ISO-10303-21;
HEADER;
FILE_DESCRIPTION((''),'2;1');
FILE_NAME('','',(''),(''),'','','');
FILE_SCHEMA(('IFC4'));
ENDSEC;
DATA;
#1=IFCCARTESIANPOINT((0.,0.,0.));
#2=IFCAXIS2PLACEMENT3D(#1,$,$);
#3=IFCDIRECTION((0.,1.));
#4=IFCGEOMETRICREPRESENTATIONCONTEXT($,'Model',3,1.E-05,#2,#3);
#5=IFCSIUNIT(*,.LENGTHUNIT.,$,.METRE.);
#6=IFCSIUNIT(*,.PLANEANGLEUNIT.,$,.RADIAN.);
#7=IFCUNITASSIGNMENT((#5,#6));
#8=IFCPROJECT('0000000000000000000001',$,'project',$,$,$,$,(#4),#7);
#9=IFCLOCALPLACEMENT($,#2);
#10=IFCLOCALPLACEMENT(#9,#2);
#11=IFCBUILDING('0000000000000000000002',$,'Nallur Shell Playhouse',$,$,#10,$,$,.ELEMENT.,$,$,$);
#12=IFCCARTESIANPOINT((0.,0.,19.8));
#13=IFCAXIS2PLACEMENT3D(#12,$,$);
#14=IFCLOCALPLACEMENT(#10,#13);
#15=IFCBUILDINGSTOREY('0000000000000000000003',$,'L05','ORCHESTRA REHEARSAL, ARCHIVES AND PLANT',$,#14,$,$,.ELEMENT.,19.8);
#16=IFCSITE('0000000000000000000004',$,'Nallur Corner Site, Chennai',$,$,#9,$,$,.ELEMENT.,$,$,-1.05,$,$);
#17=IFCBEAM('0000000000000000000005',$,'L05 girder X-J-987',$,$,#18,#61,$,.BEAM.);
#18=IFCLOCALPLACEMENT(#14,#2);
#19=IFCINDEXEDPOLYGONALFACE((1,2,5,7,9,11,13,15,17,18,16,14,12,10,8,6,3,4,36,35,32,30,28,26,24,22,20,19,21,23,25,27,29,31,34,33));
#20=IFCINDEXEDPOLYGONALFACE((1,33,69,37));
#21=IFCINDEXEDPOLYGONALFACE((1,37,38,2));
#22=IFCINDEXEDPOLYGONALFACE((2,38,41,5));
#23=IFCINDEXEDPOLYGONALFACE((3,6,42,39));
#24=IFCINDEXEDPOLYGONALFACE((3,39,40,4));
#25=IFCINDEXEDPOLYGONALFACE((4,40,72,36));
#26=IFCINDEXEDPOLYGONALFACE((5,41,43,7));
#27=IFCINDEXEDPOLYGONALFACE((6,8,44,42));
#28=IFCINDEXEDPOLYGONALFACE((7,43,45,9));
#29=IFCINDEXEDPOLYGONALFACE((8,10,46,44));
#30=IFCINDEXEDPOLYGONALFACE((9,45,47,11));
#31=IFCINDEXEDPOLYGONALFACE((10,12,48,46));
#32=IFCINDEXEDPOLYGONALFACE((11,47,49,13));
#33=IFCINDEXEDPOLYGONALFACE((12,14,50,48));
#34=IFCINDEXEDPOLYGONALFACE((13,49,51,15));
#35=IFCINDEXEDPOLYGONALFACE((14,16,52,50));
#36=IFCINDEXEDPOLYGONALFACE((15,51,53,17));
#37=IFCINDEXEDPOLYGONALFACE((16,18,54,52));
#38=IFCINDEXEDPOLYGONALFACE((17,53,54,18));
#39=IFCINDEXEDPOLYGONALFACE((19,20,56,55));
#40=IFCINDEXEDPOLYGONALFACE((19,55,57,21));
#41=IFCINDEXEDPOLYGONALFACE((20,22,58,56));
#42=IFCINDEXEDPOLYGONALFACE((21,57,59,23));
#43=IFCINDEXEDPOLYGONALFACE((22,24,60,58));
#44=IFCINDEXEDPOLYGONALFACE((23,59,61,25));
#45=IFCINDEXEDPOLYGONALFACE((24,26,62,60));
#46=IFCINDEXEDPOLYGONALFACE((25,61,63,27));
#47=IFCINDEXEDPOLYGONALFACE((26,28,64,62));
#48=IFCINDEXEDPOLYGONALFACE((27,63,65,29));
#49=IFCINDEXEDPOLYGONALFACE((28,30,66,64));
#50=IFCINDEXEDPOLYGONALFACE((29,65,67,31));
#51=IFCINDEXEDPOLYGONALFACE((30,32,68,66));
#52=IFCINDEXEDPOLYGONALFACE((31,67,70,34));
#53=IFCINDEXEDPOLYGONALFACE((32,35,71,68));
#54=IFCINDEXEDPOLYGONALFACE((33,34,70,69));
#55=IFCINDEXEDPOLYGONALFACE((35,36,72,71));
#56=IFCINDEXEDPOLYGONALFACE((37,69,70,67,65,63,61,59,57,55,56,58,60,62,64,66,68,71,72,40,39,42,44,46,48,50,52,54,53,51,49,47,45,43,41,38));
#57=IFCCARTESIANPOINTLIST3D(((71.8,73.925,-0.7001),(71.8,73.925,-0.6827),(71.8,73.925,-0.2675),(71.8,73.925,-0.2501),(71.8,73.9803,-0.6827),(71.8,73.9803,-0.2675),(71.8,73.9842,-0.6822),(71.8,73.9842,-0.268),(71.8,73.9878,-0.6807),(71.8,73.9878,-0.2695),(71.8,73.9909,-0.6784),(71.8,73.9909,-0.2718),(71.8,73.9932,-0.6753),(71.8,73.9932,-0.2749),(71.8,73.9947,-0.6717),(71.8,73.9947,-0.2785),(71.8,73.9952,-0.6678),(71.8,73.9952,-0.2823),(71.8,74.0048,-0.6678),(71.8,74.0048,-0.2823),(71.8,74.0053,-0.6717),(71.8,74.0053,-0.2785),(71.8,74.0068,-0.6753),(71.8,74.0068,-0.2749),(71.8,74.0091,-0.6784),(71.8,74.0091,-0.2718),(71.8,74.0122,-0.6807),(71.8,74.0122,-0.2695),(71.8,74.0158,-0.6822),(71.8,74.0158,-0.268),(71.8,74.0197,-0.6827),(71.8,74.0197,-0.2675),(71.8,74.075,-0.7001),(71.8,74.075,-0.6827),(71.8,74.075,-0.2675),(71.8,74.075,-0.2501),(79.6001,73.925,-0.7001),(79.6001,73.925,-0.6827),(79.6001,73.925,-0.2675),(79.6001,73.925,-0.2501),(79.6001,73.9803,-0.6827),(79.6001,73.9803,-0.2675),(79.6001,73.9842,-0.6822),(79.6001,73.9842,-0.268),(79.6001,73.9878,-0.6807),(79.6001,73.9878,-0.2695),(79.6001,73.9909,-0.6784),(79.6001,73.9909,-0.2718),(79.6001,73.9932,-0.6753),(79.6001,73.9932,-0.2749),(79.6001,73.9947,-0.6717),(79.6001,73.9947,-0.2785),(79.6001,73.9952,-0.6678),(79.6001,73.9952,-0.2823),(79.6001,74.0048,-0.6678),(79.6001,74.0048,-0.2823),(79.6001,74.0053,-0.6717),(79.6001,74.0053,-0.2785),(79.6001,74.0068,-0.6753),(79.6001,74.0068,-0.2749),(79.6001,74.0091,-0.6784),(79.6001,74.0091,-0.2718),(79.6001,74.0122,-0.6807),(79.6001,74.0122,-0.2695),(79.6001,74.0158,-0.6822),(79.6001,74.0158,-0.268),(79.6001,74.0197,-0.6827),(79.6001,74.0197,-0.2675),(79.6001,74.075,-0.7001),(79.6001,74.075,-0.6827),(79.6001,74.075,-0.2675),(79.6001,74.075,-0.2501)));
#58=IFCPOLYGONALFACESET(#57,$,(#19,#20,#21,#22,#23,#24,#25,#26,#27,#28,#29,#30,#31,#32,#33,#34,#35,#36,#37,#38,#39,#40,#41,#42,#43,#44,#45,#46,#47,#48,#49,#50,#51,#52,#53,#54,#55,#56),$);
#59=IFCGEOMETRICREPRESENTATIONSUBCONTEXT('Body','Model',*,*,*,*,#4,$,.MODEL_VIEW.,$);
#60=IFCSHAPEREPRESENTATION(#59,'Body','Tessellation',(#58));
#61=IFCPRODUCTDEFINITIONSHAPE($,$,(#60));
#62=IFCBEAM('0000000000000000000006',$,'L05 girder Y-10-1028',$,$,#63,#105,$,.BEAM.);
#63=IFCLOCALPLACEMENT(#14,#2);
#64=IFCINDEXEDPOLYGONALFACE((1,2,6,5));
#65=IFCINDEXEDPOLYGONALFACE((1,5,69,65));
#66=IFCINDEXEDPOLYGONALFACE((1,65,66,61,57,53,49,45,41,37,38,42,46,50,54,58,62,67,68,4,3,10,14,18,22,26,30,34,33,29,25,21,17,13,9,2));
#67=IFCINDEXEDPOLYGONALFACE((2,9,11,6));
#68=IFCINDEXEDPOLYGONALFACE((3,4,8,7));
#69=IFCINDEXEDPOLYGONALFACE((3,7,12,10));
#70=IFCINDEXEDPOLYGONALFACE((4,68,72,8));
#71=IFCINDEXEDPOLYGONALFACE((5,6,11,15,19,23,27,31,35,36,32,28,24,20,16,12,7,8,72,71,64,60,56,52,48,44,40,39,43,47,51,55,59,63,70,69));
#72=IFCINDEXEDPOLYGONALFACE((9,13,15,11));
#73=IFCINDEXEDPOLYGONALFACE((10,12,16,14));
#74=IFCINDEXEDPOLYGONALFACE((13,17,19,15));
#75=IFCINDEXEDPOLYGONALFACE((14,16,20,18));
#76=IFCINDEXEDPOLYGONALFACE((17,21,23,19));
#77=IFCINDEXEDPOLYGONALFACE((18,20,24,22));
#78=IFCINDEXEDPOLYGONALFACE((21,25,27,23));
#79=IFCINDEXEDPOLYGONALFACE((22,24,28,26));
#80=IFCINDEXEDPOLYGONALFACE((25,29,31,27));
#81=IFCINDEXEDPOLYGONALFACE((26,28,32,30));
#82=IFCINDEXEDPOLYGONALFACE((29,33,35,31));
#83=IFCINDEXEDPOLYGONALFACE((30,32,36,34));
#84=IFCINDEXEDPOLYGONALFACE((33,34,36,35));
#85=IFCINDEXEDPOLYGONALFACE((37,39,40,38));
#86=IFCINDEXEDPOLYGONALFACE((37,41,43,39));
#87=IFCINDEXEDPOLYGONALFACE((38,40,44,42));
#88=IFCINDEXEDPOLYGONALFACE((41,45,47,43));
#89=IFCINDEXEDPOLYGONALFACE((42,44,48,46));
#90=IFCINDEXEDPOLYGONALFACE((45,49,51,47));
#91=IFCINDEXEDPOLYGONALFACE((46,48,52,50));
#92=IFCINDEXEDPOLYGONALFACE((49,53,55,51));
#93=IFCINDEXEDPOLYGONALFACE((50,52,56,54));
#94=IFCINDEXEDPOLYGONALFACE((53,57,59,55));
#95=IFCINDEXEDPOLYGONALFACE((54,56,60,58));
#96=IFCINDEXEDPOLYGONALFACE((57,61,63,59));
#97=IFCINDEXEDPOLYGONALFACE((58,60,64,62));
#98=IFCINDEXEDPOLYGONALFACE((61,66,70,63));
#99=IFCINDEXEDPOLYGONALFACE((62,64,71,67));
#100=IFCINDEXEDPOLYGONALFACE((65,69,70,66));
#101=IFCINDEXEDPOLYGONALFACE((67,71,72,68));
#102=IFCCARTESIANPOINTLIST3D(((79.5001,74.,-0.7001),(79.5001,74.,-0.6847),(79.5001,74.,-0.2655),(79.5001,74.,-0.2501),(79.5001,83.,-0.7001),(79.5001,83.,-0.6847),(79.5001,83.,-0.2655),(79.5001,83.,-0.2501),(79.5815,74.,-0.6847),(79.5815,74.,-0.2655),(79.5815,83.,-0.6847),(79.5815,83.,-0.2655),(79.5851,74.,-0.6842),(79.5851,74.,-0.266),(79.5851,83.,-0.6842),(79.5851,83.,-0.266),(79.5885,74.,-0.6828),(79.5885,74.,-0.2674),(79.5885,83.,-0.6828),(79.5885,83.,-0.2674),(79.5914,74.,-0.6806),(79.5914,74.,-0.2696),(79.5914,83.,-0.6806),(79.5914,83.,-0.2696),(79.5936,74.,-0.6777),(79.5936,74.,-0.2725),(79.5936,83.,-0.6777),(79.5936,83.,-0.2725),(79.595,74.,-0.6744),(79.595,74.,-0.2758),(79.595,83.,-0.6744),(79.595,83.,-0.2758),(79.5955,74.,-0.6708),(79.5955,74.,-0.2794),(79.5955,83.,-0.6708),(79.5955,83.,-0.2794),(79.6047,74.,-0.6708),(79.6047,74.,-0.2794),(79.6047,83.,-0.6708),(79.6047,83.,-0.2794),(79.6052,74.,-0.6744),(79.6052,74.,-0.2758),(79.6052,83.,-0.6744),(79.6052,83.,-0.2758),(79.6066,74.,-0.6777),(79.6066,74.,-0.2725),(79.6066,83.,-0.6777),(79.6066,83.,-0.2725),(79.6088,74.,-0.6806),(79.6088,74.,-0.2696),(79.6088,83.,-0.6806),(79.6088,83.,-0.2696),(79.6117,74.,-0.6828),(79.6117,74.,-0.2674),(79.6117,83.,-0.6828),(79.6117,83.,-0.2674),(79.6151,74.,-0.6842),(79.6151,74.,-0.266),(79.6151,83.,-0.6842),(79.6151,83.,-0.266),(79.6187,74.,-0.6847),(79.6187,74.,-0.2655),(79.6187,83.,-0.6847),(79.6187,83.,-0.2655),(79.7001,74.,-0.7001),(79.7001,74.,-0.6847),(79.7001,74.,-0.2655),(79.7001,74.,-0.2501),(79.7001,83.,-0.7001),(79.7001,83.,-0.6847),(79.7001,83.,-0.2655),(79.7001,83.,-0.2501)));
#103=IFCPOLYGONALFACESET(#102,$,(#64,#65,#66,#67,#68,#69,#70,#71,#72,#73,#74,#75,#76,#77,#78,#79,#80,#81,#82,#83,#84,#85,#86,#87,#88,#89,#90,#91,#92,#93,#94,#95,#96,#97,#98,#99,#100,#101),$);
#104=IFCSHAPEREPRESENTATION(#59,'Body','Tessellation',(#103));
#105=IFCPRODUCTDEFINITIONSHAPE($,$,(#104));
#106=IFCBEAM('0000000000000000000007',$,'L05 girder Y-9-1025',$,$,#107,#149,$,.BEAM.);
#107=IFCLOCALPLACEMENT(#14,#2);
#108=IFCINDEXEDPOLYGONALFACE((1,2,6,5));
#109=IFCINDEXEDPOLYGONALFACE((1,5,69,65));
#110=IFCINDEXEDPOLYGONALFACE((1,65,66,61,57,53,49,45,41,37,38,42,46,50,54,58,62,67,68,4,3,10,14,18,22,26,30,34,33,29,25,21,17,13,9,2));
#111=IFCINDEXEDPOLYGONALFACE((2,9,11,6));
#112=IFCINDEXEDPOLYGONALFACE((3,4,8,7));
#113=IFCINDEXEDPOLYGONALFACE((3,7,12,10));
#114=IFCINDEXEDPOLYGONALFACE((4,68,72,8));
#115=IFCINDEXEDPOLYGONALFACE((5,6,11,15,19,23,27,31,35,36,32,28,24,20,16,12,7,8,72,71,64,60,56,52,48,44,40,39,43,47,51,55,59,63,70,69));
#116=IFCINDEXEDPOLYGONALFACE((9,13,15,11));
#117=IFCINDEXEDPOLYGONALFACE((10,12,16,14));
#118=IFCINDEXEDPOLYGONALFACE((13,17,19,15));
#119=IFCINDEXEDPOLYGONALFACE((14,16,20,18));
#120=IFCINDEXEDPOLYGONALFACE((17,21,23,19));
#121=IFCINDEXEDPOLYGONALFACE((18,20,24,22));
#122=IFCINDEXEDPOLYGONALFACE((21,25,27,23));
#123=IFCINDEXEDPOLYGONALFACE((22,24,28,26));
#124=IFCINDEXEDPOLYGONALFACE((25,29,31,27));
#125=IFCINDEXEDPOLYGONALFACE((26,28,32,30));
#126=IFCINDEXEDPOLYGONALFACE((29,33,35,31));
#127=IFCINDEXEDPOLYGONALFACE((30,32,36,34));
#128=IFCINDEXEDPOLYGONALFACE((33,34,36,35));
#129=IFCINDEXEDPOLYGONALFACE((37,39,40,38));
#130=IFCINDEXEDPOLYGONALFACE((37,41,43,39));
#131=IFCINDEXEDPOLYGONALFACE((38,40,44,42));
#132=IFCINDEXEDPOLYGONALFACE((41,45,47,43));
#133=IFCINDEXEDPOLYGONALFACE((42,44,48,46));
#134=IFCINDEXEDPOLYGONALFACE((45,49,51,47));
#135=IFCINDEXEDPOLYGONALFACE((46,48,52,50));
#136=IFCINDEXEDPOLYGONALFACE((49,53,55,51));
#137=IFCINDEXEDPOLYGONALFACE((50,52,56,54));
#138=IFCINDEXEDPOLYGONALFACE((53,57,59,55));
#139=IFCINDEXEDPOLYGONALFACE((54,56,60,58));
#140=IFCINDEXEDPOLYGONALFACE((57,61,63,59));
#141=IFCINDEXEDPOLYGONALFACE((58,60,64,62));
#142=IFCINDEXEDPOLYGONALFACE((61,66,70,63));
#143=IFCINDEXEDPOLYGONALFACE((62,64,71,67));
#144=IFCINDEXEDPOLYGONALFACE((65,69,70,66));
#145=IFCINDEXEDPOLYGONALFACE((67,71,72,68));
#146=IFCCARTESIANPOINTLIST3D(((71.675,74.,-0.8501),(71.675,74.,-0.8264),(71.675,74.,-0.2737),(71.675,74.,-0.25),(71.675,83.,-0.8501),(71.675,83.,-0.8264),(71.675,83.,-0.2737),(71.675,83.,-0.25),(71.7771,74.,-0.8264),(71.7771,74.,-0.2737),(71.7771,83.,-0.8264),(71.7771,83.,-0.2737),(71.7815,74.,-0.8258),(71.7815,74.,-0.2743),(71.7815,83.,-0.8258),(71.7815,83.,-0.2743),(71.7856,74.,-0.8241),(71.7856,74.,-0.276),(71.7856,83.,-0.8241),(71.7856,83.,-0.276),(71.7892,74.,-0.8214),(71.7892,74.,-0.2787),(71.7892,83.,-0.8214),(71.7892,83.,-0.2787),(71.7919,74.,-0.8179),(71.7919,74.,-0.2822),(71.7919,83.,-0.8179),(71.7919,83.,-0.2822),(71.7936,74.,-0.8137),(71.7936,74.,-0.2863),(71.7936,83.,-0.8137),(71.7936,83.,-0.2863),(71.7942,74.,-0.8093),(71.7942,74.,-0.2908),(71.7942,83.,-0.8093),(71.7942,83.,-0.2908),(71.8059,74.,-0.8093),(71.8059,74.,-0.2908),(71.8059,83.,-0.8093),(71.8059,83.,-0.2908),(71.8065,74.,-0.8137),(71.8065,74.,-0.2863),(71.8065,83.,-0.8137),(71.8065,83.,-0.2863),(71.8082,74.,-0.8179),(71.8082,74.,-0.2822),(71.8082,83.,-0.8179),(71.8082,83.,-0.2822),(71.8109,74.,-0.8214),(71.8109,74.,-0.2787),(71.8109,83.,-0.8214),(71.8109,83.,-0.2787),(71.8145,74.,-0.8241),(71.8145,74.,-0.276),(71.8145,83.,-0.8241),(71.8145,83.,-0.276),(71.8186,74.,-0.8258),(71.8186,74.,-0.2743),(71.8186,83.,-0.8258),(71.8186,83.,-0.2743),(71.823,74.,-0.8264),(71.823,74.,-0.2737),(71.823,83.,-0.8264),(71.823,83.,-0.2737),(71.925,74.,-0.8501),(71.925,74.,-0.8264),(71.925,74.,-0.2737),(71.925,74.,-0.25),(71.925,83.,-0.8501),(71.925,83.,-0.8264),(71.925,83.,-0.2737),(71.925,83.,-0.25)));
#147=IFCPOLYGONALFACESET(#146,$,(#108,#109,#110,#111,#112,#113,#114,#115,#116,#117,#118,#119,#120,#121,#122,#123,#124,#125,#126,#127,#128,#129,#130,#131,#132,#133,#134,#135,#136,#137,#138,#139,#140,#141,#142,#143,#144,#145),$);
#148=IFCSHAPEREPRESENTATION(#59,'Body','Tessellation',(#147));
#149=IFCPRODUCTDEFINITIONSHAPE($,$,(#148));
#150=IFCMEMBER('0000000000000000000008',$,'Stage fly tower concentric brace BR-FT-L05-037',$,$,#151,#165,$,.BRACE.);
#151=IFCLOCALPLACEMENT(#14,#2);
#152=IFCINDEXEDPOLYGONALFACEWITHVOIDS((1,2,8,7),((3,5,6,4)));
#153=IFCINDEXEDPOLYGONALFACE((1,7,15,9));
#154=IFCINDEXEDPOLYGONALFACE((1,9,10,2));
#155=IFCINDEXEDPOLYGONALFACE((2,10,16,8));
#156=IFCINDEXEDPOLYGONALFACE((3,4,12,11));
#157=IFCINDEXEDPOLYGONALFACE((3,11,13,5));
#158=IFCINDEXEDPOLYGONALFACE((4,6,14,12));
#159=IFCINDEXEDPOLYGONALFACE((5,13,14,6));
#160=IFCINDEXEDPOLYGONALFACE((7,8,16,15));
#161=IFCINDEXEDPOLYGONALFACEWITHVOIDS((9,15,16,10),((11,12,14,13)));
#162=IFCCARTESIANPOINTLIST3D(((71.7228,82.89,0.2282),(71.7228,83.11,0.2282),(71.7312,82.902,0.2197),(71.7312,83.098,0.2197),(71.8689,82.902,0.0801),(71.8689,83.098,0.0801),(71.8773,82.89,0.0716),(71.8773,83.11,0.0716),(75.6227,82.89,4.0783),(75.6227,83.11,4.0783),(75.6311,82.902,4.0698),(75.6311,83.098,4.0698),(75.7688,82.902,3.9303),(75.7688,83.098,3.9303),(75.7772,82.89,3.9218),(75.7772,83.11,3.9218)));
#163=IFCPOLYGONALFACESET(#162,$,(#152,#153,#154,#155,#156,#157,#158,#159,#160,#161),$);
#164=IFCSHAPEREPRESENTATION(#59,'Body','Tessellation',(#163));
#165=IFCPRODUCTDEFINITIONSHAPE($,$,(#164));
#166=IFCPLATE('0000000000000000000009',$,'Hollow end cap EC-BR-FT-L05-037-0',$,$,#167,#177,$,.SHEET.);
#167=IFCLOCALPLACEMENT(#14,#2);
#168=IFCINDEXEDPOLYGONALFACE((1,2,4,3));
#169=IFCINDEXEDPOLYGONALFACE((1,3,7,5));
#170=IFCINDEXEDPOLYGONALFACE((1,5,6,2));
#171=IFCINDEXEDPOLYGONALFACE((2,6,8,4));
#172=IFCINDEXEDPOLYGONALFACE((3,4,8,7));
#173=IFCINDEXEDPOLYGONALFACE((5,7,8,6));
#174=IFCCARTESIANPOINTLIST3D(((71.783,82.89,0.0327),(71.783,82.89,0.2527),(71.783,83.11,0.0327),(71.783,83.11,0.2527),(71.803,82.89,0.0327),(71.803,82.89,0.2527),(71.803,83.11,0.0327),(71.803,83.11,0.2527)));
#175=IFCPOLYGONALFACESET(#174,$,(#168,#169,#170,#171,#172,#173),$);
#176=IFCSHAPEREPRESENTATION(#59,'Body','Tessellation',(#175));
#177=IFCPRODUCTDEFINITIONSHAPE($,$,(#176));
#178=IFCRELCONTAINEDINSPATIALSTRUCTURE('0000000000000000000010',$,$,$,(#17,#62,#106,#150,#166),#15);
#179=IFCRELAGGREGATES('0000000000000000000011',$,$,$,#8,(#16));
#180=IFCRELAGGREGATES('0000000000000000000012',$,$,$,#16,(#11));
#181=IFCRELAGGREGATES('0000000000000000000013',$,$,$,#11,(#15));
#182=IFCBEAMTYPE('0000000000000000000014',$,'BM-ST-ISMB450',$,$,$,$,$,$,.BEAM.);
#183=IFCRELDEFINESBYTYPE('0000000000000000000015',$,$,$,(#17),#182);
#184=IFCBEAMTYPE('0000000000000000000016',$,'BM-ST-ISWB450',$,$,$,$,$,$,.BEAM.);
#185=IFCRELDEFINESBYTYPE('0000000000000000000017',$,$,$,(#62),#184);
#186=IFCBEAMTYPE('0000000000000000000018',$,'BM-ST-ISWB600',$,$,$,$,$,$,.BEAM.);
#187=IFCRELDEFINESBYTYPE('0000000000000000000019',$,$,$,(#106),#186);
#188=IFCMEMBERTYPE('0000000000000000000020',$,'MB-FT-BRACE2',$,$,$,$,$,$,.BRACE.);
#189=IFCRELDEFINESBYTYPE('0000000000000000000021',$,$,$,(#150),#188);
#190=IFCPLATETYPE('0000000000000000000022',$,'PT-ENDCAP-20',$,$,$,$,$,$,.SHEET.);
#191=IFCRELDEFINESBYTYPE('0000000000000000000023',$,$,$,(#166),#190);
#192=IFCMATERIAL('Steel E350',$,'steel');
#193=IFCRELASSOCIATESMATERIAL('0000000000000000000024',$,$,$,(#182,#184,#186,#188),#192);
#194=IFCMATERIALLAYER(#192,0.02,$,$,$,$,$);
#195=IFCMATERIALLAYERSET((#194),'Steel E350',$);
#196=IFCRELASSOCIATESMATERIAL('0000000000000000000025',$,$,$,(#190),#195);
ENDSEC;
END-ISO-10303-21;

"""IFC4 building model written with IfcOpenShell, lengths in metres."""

from ifc_helpers import new_model, si_unit, direction, frame, origin, origin_2d, place, context, subcontext, project, spatial, rectangle, hollow_rectangle, i_section, extrude, material, layer, layer_set, material_profile, profile_set, type_object, element, save


model = new_model("IFC4")

# Units and contexts
model_context = context("Model", 3, precision=1e-05, world=origin(), true_north=direction((0.0, 1.0)))
body_context = subcontext(model_context, "Body", "Model", "MODEL_VIEW")
ifc_project = project(units=[si_unit("LENGTHUNIT", "METRE"), si_unit("PLANEANGLEUNIT", "RADIAN")], contexts=[model_context])

# Site, building, storey
site_placement = place(None, origin())
site = spatial("IfcSite", under=ifc_project, at=site_placement, Name="Nallur Corner Site, Chennai", CompositionType="ELEMENT", RefElevation=-1.05)
building_placement = place(site_placement, origin())
building = spatial("IfcBuilding", under=site, at=building_placement, Name="Nallur Shell Playhouse", CompositionType="ELEMENT")
storey_placement = place(building_placement, frame((0.0, 0.0, 19.8)))
storey = spatial("IfcBuildingStorey", under=building, at=storey_placement, Name="L05", Description="ORCHESTRA REHEARSAL, ARCHIVES AND PLANT", CompositionType="ELEMENT", Elevation=19.8)

# Shared definitions
ifc_material_1 = material(Name="Steel E350", Category="steel")

# Beams
ifc_material_profile_1 = material_profile(ifc_material_1, i_section(OverallWidth=0.1499, OverallDepth=0.45, WebThickness=0.0095, FlangeThickness=0.0173, FilletRadius=0.0149, at=origin_2d()), Name="ISMB 450")
ifc_profile_set_1 = profile_set([ifc_material_profile_1], Name="Steel E350")
beam_type_1 = type_object("IfcBeamType", Name="BM-ST-ISMB450", PredefinedType="BEAM", material=ifc_profile_set_1)
beam_1_placement = place(storey_placement, frame((71.8, 74.0, -0.4751), z_axis=(1.0, 0.0, 0.0), x_axis=(0.0, 1.0, 0.0)))
element("IfcBeam", 1, at=beam_1_placement, inside=storey, type_object=beam_type_1, Name="L05 girder X-J-987", PredefinedType="BEAM", context=body_context, shape_type="SweptSolid", body=[
    extrude(i_section(OverallWidth=0.1499, OverallDepth=0.45, WebThickness=0.0095, FlangeThickness=0.0173, FilletRadius=0.0149, at=origin_2d()), origin(), (0.0, 0.0, 1.0), 7.8),
])
ifc_material_profile_2 = material_profile(ifc_material_1, i_section(OverallWidth=0.2, OverallDepth=0.45, WebThickness=0.0093, FlangeThickness=0.0154, FilletRadius=0.0139, at=origin_2d()), Name="ISWB 450")
ifc_profile_set_2 = profile_set([ifc_material_profile_2], Name="Steel E350")
beam_type_2 = type_object("IfcBeamType", Name="BM-ST-ISWB450", PredefinedType="BEAM", material=ifc_profile_set_2)
beam_2_placement = place(storey_placement, frame((79.6001, 74.0, -0.4751), z_axis=(0.0, 1.0, 0.0), x_axis=(-1.0, 0.0, 0.0)))
element("IfcBeam", 2, at=beam_2_placement, inside=storey, type_object=beam_type_2, Name="L05 girder Y-10-1028", PredefinedType="BEAM", context=body_context, shape_type="SweptSolid", body=[
    extrude(i_section(OverallWidth=0.2, OverallDepth=0.45, WebThickness=0.0093, FlangeThickness=0.0154, FilletRadius=0.0139, at=origin_2d()), origin(), (0.0, 0.0, 1.0), 9.0),
])
ifc_material_profile_3 = material_profile(ifc_material_1, i_section(OverallWidth=0.25, OverallDepth=0.6001, WebThickness=0.0117, FlangeThickness=0.0237, FilletRadius=0.0171, at=origin_2d()), Name="ISWB 600")
ifc_profile_set_3 = profile_set([ifc_material_profile_3], Name="Steel E350")
beam_type_3 = type_object("IfcBeamType", Name="BM-ST-ISWB600", PredefinedType="BEAM", material=ifc_profile_set_3)
beam_3_placement = place(storey_placement, frame((71.8, 74.0, -0.55), z_axis=(0.0, 1.0, 0.0), x_axis=(-1.0, 0.0, 0.0)))
element("IfcBeam", 3, at=beam_3_placement, inside=storey, type_object=beam_type_3, Name="L05 girder Y-9-1025", PredefinedType="BEAM", context=body_context, shape_type="SweptSolid", body=[
    extrude(i_section(OverallWidth=0.25, OverallDepth=0.6001, WebThickness=0.0117, FlangeThickness=0.0237, FilletRadius=0.0171, at=origin_2d()), origin(), (0.0, 0.0, 1.0), 9.0),
])

# Member
ifc_material_profile_4 = material_profile(ifc_material_1, hollow_rectangle(XDim=0.22, YDim=0.22, WallThickness=0.012, at=origin_2d()), Name="SHS 220x220x12")
ifc_profile_set_4 = profile_set([ifc_material_profile_4], Name="Steel E350")
member_type = type_object("IfcMemberType", Name="MB-FT-BRACE2", PredefinedType="BRACE", material=ifc_profile_set_4)
member_placement = place(storey_placement, frame((71.8, 83.0, 0.1499), z_axis=(0.711636, 0.0, 0.702548), x_axis=(0.0, 1.0, 0.0)))
element("IfcMember", 4, at=member_placement, inside=storey, type_object=member_type, Name="Stage fly tower concentric brace BR-FT-L05-037", PredefinedType="BRACE", context=body_context, shape_type="SweptSolid", body=[
    extrude(hollow_rectangle(XDim=0.22, YDim=0.22, WallThickness=0.012, at=origin_2d()), origin(), (0.0, 0.0, 1.0), 5.4802),
])

# Plate
ifc_layer_1 = layer(ifc_material_1, 0.02)
ifc_layer_set_1 = layer_set([ifc_layer_1], Name="Steel E350")
plate_type_1 = type_object("IfcPlateType", Name="PT-ENDCAP-20", PredefinedType="SHEET", material=ifc_layer_set_1)
plate_1_placement = place(storey_placement, frame((71.793, 83.0, 0.0327), z_axis=(0.0, 0.0, 1.0), x_axis=(1.0, 0.0, 0.0)))
element("IfcPlate", 5, at=plate_1_placement, inside=storey, type_object=plate_type_1, Name="Hollow end cap EC-BR-FT-L05-037-0", PredefinedType="SHEET", context=body_context, shape_type="SweptSolid", body=[
    extrude(rectangle(XDim=0.02, YDim=0.22, at=origin_2d()), origin(), (0.0, 0.0, 1.0), 0.22),
])

save(model, "model.ifc")
